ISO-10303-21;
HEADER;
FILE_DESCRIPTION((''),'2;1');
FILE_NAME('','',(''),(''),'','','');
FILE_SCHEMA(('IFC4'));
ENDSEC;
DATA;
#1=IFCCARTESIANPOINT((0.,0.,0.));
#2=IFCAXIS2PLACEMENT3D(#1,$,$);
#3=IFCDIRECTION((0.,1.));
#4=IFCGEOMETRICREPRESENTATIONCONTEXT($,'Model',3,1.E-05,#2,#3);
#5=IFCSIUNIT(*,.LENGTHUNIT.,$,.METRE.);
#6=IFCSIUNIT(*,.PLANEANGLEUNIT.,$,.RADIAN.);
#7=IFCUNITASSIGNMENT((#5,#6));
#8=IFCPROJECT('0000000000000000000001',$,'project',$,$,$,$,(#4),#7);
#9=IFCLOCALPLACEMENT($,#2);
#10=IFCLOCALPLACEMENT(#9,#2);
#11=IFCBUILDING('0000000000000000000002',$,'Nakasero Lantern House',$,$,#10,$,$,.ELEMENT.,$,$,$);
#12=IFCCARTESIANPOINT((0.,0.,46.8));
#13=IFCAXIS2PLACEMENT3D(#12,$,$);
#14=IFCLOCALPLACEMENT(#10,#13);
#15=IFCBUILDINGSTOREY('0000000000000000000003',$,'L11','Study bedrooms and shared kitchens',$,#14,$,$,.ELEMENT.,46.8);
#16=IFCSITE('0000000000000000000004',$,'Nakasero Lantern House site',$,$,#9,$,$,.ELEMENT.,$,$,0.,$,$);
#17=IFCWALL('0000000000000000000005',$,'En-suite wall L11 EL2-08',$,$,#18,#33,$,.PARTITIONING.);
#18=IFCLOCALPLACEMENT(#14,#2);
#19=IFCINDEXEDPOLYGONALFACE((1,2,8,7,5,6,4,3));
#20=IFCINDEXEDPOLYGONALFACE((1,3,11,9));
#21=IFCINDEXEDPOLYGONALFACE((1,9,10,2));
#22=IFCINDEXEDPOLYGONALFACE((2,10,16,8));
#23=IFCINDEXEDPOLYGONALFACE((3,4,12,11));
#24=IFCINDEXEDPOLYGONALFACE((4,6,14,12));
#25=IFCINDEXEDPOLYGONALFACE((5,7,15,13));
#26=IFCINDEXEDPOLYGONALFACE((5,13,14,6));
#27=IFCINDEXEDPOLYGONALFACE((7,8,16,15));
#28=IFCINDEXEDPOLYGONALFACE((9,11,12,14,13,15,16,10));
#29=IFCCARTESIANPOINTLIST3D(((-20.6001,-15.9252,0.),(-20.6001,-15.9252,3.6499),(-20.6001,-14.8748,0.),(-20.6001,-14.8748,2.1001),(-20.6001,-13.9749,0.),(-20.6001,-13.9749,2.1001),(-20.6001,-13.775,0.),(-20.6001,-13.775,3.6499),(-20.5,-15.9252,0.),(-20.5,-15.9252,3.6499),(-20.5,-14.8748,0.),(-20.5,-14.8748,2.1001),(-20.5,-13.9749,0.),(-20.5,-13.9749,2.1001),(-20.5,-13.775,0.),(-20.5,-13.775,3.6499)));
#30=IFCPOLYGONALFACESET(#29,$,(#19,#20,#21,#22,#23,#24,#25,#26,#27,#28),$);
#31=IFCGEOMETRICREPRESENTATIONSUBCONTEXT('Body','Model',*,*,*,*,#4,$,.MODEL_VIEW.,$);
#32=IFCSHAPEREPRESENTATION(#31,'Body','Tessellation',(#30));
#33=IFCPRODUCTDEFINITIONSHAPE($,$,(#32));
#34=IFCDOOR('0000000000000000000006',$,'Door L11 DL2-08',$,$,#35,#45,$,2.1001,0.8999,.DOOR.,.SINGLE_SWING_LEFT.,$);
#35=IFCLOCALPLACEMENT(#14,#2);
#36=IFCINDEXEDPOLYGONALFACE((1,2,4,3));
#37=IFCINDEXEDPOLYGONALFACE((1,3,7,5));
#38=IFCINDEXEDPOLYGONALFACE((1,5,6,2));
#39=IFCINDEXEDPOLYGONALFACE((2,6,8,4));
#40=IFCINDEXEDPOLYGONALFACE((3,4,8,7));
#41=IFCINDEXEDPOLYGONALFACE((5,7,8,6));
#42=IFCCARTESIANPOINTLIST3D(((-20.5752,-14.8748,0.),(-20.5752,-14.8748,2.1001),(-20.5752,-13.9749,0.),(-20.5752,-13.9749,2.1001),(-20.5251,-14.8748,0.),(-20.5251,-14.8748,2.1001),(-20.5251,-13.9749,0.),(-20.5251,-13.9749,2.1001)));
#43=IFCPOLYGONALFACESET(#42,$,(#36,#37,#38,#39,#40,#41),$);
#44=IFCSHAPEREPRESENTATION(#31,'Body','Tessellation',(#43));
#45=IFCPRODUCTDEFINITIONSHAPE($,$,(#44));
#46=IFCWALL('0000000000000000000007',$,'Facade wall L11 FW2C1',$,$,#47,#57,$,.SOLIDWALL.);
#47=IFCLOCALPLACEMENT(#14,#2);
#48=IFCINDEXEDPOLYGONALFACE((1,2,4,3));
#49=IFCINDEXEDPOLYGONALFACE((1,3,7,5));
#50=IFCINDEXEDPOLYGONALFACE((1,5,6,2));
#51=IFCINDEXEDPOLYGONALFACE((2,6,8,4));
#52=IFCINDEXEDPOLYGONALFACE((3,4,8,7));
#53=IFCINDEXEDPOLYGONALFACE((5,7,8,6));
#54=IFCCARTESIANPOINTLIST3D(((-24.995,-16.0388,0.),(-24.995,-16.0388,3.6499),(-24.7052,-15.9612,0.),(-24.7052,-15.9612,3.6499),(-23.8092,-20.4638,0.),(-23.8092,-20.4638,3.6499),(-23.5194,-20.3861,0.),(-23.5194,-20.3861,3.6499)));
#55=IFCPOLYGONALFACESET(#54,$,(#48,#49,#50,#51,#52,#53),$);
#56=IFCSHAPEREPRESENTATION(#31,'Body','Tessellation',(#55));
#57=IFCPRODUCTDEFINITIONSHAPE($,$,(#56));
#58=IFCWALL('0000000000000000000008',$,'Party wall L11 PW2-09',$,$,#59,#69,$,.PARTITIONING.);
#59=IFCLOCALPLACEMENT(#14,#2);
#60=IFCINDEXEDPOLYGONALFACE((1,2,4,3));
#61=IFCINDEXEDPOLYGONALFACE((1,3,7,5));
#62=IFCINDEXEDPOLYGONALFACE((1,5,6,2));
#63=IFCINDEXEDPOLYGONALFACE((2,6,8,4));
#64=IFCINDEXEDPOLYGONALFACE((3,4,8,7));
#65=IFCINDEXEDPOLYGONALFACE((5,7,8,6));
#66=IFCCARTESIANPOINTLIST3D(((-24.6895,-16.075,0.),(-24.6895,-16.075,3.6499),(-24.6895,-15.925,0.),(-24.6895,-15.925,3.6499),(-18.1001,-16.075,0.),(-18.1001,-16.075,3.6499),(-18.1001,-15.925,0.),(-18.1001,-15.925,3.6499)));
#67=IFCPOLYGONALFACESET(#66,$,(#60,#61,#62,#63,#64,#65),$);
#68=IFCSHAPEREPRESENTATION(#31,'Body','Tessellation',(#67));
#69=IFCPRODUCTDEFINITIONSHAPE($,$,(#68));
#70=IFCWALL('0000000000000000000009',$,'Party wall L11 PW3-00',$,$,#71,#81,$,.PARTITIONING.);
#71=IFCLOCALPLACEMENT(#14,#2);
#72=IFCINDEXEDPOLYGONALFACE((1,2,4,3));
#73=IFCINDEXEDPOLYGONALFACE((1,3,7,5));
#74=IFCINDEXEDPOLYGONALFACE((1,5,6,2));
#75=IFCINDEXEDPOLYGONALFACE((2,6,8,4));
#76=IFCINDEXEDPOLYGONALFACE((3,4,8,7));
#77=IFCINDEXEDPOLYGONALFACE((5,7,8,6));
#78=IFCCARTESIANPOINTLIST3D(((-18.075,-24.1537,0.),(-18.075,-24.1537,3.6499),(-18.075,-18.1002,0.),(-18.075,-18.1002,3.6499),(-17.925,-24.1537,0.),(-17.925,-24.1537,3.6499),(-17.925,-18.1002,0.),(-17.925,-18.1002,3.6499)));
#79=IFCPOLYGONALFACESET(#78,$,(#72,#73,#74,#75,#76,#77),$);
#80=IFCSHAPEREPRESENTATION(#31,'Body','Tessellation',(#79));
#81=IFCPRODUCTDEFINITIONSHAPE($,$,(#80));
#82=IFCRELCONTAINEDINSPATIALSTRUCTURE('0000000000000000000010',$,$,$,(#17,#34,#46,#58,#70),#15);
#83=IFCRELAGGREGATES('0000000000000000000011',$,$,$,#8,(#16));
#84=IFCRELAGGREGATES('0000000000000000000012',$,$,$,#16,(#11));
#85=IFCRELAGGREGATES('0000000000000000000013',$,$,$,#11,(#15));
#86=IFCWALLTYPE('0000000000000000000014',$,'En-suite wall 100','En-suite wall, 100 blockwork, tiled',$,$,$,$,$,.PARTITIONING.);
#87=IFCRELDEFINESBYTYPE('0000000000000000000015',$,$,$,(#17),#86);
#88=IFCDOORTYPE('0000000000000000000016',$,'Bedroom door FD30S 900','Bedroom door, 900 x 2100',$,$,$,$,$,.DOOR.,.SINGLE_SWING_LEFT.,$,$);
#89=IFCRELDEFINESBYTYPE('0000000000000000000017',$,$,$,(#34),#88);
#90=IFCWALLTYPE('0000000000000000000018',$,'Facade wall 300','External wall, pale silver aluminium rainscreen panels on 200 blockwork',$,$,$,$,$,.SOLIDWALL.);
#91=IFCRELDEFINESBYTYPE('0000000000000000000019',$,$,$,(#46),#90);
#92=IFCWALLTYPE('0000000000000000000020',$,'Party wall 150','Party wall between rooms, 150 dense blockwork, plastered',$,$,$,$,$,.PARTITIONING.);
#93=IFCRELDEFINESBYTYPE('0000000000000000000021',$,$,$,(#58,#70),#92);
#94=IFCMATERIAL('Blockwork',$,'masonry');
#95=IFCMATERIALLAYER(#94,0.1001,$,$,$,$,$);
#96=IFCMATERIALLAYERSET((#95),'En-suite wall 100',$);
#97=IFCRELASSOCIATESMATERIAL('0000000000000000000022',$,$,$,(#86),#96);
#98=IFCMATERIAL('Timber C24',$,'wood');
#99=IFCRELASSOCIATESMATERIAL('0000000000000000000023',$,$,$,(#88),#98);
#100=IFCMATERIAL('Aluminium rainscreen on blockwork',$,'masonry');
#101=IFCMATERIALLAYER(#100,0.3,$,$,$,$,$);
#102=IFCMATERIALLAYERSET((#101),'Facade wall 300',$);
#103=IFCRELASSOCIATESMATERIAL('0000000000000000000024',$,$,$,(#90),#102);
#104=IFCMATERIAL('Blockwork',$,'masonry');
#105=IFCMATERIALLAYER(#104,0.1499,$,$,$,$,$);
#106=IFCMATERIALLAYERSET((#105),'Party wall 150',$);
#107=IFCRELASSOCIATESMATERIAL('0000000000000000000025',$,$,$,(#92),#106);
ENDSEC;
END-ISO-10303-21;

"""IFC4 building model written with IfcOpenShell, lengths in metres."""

from ifc_helpers import new_model, si_unit, direction, frame, frame_2d, origin, place, context, subcontext, project, spatial, rectangle, extrude, material, layer, layer_set, type_object, element, fill, save


model = new_model("IFC4")

# Units and contexts
model_context = context("Model", 3, precision=1e-05, world=origin(), true_north=direction((0.0, 1.0)))
body_context = subcontext(model_context, "Body", "Model", "MODEL_VIEW")
ifc_project = project(units=[si_unit("LENGTHUNIT", "METRE"), si_unit("PLANEANGLEUNIT", "RADIAN")], contexts=[model_context])

# Site, building, storey
site_placement = place(None, origin())
site = spatial("IfcSite", under=ifc_project, at=site_placement, Name="Nakasero Lantern House site", CompositionType="ELEMENT", RefElevation=0.0)
building_placement = place(site_placement, origin())
building = spatial("IfcBuilding", under=site, at=building_placement, Name="Nakasero Lantern House", CompositionType="ELEMENT")
storey_placement = place(building_placement, frame((0.0, 0.0, 46.8)))
storey = spatial("IfcBuildingStorey", under=building, at=storey_placement, Name="L11", Description="Study bedrooms and shared kitchens", CompositionType="ELEMENT", Elevation=46.8)

# Wall, opening, door
ifc_material_1 = material(Name="Blockwork", Category="masonry")
ifc_layer_1 = layer(ifc_material_1, 0.1001)
ifc_layer_set_1 = layer_set([ifc_layer_1], Name="En-suite wall 100")
wall_type_1 = type_object("IfcWallType", Name="En-suite wall 100", Description="En-suite wall, 100 blockwork, tiled", PredefinedType="PARTITIONING", material=ifc_layer_set_1)
wall_1_placement = place(storey_placement, frame((-20.55, -13.7749, 0.0), z_axis=(0.0, 0.0, 1.0), x_axis=(0.0, -1.0, 0.0)))
wall_1 = element("IfcWall", 1, at=wall_1_placement, inside=storey, type_object=wall_type_1, Name="En-suite wall L11 EL2-08", PredefinedType="PARTITIONING", context=body_context, shape_type="SweptSolid", body=[
    extrude(rectangle(XDim=2.1501, YDim=0.1001, at=frame_2d((1.0752, 0.0))), origin(), (0.0, 0.0, 1.0), 3.6499),
])
opening_1_placement = place(wall_1_placement, frame((0.2, 0.0, 0.0)))
opening_1 = element("IfcOpeningElement", 2, at=opening_1_placement, cuts=wall_1, PredefinedType="OPENING", context=body_context, shape_type="SweptSolid", body=[
    extrude(rectangle(XDim=0.8999, YDim=2.1001, at=frame_2d((0.45, 1.05))), frame((0.0, 0.0701, 0.0), z_axis=(0.0, -1.0, 0.0), x_axis=(1.0, 0.0, 0.0)), (0.0, 0.0, 1.0), 0.1401),
])
ifc_material_2 = material(Name="Timber C24", Category="wood")
door_type_1 = type_object("IfcDoorType", Name="Bedroom door FD30S 900", Description="Bedroom door, 900 x 2100", OperationType="SINGLE_SWING_LEFT", PredefinedType="DOOR", material=ifc_material_2)
door_1_placement = place(opening_1_placement, origin())
door_1 = element("IfcDoor", 3, at=door_1_placement, inside=storey, type_object=door_type_1, Name="Door L11 DL2-08", OperationType="SINGLE_SWING_LEFT", OverallHeight=2.1001, OverallWidth=0.8999, PredefinedType="DOOR", context=body_context, shape_type="SweptSolid", body=[
    extrude(rectangle(XDim=0.8999, YDim=2.1001, at=frame_2d((0.45, 1.05))), frame((0.0, 0.0249, 0.0), z_axis=(0.0, -1.0, 0.0), x_axis=(1.0, 0.0, 0.0)), (0.0, 0.0, 1.0), 0.05),
])
fill(opening_1, door_1)

# Walls
ifc_material_3 = material(Name="Aluminium rainscreen on blockwork", Category="masonry")
ifc_layer_2 = layer(ifc_material_3, 0.3)
ifc_layer_set_2 = layer_set([ifc_layer_2], Name="Facade wall 300")
wall_type_2 = type_object("IfcWallType", Name="Facade wall 300", Description="External wall, pale silver aluminium rainscreen panels on 200 blockwork", PredefinedType="SOLIDWALL", material=ifc_layer_set_2)
wall_2_placement = place(storey_placement, frame((-24.8501, -16.0, 0.0), z_axis=(0.0, 0.0, 1.0), x_axis=(0.25884, -0.96592, 0.0)))
element("IfcWall", 4, at=wall_2_placement, inside=storey, type_object=wall_type_2, Name="Facade wall L11 FW2C1", PredefinedType="SOLIDWALL", context=body_context, shape_type="SweptSolid", body=[
    extrude(rectangle(XDim=4.5811, YDim=0.3, at=frame_2d((2.2905, 0.0))), origin(), (0.0, 0.0, 1.0), 3.6499),
])
ifc_material_4 = material(Name="Blockwork", Category="masonry")
ifc_layer_3 = layer(ifc_material_4, 0.1499)
ifc_layer_set_3 = layer_set([ifc_layer_3], Name="Party wall 150")
wall_type_3 = type_object("IfcWallType", Name="Party wall 150", Description="Party wall between rooms, 150 dense blockwork, plastered", PredefinedType="PARTITIONING", material=ifc_layer_set_3)
wall_3_placement = place(storey_placement, frame((-18.1001, -16.0, 0.0), z_axis=(0.0, 0.0, 1.0), x_axis=(-1.0, 0.0, 0.0)))
element("IfcWall", 5, at=wall_3_placement, inside=storey, type_object=wall_type_3, Name="Party wall L11 PW2-09", PredefinedType="PARTITIONING", context=body_context, shape_type="SweptSolid", body=[
    extrude(rectangle(XDim=6.5894, YDim=0.1499, at=frame_2d((3.2947, 0.0))), origin(), (0.0, 0.0, 1.0), 3.6499),
])
wall_4_placement = place(storey_placement, frame((-18.0, -18.1001, 0.0), z_axis=(0.0, 0.0, 1.0), x_axis=(0.0, -1.0, 0.0)))
element("IfcWall", 6, at=wall_4_placement, inside=storey, type_object=wall_type_3, Name="Party wall L11 PW3-00", PredefinedType="PARTITIONING", context=body_context, shape_type="SweptSolid", body=[
    extrude(rectangle(XDim=6.0535, YDim=0.1499, at=frame_2d((3.0269, 0.0))), origin(), (0.0, 0.0, 1.0), 3.6499),
])

save(model, "model.ifc")
